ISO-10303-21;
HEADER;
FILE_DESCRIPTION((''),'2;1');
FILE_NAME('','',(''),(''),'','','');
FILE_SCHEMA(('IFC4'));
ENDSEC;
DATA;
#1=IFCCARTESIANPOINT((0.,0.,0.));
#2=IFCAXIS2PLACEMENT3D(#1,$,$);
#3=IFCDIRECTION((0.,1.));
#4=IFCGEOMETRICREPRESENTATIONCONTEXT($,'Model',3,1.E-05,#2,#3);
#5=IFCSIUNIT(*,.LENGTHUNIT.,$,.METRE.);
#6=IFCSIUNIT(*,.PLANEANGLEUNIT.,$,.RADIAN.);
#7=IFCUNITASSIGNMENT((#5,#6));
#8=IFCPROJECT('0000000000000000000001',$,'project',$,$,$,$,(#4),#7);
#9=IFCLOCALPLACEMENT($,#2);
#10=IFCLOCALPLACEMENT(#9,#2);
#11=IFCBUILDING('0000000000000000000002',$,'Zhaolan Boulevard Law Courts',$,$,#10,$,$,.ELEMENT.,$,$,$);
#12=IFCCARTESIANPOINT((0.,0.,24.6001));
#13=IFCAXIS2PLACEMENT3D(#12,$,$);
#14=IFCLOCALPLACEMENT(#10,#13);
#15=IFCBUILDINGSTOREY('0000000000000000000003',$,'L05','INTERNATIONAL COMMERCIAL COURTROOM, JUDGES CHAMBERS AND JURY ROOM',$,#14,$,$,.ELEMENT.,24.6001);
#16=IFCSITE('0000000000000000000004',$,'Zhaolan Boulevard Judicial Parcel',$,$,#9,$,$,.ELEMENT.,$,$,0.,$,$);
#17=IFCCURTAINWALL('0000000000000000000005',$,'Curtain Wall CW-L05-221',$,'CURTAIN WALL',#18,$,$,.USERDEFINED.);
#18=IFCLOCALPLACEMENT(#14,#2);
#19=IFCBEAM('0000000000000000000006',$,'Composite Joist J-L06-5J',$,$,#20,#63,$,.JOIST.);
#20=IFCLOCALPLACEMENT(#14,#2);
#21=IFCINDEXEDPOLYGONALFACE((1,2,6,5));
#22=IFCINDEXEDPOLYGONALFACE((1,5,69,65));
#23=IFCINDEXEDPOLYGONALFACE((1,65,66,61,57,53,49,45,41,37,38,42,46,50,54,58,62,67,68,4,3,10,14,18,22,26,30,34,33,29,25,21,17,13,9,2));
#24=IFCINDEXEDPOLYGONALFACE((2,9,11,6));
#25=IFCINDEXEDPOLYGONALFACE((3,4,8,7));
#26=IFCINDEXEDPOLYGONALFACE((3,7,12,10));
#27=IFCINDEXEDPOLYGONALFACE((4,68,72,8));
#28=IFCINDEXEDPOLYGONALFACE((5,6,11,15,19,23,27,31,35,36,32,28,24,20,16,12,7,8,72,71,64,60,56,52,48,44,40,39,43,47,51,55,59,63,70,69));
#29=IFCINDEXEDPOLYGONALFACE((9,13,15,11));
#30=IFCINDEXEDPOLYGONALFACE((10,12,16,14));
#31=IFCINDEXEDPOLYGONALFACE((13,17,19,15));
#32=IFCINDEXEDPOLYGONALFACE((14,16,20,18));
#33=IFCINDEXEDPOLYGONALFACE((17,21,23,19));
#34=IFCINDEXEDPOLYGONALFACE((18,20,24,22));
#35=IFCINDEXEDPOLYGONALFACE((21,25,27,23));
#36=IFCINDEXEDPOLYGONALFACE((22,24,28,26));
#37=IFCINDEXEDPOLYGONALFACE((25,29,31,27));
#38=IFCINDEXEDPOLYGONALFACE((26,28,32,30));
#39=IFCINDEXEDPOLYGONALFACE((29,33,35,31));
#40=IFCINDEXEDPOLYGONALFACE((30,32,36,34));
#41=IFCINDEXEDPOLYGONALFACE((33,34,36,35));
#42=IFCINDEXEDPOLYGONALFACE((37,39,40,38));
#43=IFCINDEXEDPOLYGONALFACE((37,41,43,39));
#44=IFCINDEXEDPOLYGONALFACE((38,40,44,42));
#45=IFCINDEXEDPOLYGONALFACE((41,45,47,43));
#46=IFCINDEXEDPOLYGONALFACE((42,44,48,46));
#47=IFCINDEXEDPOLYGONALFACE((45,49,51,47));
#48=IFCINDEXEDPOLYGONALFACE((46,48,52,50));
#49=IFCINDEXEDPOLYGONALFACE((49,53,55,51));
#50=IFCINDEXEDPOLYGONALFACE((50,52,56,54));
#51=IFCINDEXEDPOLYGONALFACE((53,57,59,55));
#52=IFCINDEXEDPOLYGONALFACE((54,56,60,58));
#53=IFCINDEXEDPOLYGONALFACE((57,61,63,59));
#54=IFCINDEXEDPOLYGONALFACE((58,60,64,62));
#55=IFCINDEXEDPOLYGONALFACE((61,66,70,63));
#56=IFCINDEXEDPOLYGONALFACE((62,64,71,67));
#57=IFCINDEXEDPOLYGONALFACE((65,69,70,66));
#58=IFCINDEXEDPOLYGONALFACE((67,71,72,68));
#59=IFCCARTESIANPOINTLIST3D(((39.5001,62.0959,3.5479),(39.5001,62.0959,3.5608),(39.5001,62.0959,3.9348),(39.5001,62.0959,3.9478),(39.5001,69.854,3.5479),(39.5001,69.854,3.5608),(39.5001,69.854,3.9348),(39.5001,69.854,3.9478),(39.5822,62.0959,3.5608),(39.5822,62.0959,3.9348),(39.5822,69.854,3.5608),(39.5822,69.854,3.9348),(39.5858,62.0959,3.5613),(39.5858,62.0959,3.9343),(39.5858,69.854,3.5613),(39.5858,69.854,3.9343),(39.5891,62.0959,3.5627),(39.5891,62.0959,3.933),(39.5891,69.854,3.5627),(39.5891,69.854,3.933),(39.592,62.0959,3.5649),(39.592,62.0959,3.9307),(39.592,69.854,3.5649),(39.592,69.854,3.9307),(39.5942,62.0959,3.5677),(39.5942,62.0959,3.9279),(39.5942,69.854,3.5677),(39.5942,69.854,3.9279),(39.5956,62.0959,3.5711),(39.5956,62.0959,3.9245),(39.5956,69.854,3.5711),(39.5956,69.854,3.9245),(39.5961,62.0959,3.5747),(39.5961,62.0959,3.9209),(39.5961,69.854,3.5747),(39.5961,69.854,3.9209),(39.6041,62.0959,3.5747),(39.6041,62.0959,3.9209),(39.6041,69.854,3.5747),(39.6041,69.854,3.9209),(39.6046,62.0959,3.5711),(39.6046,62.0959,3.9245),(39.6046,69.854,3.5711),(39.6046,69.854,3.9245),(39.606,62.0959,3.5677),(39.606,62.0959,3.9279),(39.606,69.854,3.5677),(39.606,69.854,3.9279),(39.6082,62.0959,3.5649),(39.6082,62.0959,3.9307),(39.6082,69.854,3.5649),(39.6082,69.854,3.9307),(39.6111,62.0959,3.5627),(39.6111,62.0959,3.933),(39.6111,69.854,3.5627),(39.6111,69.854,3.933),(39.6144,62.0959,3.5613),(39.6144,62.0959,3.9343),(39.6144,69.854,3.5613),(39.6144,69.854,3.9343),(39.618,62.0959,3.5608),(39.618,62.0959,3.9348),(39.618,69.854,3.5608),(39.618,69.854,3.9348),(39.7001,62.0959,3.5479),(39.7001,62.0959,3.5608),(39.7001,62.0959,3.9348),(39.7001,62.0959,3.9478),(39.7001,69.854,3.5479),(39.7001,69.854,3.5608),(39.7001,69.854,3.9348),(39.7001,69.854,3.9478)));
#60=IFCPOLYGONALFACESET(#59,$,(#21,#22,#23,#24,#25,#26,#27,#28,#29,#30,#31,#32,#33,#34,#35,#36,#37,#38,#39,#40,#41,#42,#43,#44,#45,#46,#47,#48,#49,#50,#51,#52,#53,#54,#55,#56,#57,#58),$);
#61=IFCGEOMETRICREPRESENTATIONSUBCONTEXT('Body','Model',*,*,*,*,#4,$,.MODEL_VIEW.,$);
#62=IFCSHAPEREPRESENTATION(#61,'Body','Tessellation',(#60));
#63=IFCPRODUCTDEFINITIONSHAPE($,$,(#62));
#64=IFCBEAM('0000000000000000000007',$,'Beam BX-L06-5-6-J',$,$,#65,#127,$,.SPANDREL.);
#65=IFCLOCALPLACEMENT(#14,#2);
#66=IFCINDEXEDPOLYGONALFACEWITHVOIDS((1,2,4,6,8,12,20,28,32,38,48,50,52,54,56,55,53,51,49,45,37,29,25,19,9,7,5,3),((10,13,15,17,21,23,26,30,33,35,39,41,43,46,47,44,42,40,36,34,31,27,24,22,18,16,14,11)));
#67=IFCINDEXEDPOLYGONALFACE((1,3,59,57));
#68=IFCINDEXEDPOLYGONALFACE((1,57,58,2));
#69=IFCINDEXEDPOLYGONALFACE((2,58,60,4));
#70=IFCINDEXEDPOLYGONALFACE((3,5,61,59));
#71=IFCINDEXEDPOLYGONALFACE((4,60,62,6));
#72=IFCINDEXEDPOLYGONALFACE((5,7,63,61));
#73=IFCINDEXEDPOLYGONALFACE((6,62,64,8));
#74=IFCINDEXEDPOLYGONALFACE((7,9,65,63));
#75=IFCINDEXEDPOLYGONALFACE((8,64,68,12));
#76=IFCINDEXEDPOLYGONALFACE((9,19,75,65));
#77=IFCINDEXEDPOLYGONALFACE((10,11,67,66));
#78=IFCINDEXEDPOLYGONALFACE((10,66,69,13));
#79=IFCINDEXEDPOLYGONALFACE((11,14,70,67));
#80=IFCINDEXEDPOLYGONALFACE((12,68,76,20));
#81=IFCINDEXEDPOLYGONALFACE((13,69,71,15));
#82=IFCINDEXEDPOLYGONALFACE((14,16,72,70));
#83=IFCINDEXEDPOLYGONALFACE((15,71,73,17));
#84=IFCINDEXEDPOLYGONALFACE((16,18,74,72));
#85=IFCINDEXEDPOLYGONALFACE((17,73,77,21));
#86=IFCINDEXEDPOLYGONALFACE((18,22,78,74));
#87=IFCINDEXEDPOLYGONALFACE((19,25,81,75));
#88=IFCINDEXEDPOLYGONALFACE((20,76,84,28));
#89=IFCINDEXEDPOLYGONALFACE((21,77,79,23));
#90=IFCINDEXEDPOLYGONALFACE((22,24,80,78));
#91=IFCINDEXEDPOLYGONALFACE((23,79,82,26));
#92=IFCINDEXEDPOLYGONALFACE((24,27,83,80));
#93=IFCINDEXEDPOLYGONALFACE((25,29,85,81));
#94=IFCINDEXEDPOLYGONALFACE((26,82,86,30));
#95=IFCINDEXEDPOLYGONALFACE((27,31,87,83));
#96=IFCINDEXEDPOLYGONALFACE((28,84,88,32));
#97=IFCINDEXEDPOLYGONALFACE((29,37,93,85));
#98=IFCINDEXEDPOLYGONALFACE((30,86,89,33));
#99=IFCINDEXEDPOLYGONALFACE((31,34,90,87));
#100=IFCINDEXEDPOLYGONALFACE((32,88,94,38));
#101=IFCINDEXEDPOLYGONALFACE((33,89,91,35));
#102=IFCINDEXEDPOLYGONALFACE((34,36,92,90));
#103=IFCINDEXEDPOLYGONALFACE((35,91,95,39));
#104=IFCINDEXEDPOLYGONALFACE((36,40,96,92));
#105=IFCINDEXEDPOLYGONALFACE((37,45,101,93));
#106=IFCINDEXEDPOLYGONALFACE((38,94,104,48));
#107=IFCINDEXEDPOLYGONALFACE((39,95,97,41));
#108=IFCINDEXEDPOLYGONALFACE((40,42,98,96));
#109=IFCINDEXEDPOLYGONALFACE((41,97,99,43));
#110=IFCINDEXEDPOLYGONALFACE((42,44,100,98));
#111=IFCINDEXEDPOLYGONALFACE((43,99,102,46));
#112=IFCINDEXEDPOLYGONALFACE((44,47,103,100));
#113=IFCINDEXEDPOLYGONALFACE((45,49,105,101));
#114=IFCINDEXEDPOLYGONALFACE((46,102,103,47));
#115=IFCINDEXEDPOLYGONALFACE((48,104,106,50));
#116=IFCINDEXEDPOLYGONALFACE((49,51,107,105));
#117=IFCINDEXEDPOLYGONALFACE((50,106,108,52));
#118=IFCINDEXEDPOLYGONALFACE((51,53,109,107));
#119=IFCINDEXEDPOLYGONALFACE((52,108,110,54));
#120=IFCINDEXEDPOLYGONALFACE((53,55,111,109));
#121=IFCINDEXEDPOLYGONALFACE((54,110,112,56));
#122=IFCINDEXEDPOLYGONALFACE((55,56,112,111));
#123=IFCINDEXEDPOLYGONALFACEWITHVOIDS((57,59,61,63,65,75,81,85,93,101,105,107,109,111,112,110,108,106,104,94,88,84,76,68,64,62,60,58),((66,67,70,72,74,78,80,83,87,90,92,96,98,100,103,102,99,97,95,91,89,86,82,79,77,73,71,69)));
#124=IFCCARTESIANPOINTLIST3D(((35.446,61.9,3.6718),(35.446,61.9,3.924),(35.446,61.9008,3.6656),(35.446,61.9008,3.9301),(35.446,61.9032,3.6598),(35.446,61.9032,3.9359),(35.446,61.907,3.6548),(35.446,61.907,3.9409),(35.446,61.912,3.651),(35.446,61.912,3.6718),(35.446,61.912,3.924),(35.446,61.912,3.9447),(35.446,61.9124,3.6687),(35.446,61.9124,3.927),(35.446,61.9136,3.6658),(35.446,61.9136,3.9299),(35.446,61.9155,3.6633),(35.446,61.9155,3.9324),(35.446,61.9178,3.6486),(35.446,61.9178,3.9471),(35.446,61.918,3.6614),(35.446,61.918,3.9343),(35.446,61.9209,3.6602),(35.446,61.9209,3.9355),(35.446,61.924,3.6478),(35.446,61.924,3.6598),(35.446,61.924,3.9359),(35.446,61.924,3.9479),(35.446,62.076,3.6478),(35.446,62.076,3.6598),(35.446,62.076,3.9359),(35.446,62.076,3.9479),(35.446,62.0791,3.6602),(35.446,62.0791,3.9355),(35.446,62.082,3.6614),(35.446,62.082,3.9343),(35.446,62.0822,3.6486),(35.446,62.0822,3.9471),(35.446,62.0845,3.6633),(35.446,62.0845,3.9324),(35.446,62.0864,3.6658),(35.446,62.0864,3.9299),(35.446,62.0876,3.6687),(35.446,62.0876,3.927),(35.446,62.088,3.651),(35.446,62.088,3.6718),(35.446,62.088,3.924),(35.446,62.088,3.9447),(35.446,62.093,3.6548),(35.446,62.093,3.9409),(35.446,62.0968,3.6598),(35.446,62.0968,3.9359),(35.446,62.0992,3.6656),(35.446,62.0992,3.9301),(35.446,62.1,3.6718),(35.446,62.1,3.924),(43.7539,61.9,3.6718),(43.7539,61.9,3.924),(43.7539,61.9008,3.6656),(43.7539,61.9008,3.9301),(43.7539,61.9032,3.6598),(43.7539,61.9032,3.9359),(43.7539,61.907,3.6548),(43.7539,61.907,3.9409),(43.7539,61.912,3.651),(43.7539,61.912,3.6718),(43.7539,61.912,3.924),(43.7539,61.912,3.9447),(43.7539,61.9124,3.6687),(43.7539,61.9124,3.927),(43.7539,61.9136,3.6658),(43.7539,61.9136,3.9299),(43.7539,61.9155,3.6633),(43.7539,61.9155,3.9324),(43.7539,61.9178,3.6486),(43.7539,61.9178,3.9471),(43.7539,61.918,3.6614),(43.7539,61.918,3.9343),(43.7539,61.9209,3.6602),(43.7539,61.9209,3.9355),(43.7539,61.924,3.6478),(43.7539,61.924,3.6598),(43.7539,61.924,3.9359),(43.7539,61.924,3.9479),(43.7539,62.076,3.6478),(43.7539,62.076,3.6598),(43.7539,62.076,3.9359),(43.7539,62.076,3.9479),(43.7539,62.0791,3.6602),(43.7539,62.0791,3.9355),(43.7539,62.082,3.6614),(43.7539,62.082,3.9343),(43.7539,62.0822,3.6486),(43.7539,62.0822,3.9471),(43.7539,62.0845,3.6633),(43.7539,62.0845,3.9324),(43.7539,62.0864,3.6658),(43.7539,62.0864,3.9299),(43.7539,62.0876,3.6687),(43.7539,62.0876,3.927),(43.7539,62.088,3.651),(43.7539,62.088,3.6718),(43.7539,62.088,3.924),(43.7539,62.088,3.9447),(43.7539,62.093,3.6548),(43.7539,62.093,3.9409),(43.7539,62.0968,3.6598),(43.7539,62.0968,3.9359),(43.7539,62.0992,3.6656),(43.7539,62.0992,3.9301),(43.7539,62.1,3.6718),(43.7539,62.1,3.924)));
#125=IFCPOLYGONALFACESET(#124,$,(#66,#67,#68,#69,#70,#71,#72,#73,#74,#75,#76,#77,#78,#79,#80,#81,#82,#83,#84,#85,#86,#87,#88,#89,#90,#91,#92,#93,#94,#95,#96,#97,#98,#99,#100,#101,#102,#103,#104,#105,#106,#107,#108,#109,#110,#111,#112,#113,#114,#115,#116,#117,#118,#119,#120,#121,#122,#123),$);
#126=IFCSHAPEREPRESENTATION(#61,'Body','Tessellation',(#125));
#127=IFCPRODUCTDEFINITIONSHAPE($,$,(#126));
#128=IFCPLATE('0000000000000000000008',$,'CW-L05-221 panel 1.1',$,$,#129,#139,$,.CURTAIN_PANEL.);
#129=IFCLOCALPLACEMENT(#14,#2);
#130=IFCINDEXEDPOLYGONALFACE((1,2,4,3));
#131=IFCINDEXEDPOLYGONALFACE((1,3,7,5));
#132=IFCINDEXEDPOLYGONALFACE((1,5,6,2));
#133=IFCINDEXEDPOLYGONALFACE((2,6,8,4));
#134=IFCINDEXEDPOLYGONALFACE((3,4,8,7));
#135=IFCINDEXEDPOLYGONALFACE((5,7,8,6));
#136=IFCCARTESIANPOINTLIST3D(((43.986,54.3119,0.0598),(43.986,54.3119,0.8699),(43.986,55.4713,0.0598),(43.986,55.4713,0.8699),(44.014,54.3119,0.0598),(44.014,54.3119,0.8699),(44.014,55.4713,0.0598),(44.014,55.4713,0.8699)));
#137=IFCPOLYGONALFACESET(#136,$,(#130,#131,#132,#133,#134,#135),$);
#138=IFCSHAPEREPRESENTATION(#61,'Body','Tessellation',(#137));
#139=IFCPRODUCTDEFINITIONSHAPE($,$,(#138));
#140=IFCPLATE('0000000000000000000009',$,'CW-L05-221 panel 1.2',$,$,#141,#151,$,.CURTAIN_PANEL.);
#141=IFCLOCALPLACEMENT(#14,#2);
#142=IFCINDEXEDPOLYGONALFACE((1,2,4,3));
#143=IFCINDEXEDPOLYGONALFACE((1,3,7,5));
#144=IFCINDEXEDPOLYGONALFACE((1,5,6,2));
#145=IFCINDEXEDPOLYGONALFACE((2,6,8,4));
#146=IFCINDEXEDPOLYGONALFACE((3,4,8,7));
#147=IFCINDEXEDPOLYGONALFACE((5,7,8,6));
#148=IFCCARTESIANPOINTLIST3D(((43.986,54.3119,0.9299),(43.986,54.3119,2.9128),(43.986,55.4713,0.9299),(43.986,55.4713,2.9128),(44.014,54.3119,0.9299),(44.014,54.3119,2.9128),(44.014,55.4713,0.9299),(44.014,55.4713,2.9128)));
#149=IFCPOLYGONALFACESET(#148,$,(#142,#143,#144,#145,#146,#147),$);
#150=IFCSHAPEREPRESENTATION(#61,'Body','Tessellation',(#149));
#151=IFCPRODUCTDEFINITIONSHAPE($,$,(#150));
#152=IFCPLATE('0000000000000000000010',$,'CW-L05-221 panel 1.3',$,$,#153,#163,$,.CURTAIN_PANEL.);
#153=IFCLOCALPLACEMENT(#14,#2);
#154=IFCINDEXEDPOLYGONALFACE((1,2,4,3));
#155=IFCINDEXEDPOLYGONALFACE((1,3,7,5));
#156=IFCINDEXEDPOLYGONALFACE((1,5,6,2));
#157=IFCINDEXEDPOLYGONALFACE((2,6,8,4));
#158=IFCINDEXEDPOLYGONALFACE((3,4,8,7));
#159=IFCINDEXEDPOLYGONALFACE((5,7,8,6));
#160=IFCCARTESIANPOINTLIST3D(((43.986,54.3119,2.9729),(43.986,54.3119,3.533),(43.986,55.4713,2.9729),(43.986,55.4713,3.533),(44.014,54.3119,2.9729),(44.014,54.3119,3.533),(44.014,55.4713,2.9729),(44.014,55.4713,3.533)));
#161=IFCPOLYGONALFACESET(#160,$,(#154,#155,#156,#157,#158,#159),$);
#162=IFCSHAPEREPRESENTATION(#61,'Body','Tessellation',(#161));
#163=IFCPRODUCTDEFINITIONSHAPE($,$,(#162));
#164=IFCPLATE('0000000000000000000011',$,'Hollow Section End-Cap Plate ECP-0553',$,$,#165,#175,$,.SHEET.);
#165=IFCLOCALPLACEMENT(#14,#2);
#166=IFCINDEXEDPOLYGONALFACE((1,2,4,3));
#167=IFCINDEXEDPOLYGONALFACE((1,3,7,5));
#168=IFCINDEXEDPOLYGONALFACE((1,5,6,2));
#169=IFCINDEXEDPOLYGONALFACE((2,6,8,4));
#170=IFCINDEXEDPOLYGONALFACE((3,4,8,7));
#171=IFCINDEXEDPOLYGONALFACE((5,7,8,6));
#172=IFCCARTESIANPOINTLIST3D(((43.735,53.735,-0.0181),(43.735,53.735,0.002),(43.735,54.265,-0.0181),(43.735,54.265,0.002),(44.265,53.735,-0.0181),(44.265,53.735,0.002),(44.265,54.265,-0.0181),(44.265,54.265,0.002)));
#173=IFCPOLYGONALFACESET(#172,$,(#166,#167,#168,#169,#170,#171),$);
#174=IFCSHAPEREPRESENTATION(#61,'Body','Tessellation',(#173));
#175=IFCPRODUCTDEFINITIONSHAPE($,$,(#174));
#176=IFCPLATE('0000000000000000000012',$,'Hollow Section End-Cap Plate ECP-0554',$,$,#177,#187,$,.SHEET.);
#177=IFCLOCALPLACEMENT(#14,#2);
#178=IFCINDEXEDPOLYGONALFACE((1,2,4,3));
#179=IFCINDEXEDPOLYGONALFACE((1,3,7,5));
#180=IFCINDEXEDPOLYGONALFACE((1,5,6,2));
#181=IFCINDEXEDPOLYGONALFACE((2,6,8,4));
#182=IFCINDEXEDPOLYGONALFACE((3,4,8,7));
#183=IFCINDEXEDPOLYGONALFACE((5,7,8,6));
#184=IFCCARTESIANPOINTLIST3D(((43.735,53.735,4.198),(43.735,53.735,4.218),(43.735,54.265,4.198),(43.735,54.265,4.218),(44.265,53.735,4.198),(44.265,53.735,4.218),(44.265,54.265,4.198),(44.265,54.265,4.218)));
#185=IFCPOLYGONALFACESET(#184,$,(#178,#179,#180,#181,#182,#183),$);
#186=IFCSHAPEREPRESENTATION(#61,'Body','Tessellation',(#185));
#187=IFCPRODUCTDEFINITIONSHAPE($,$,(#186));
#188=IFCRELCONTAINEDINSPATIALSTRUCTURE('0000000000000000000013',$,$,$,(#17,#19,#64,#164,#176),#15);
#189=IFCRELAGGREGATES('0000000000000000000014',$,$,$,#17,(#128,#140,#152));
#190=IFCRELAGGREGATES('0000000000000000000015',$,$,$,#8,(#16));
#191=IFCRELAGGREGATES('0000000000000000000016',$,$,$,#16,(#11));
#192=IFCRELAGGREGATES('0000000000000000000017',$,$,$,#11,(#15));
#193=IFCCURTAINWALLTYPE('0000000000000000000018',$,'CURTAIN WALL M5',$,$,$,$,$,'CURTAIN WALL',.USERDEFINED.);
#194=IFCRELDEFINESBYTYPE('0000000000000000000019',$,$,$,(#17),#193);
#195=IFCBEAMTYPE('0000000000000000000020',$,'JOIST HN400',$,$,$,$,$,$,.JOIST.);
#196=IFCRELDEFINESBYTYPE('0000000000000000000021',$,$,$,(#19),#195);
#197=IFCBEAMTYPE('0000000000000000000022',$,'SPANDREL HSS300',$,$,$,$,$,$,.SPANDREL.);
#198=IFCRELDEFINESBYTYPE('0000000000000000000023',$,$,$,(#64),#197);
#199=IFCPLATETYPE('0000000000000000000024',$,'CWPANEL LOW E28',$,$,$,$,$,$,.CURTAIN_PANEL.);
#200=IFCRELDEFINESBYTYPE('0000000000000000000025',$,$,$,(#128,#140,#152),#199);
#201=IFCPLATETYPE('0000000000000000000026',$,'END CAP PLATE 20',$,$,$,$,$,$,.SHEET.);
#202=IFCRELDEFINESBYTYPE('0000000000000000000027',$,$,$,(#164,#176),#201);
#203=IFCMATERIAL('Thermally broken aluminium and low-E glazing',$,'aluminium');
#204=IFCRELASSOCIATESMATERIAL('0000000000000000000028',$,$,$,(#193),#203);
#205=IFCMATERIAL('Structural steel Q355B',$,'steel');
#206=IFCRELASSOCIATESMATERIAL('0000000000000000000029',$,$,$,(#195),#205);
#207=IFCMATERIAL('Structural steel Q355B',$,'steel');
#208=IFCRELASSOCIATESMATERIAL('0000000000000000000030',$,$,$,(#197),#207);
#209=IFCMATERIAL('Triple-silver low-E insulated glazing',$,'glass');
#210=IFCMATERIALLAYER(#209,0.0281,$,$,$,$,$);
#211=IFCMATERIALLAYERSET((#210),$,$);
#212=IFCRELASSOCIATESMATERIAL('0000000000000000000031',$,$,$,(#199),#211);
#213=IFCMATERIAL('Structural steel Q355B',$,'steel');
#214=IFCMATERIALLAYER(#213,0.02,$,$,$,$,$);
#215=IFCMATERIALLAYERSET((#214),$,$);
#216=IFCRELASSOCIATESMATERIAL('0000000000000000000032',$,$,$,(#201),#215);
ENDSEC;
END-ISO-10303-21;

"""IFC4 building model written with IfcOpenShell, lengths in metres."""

from ifc_helpers import new_model, si_unit, direction, frame, origin, origin_2d, place, context, subcontext, project, spatial, rectangle, hollow_rectangle, i_section, extrude, material, layer, layer_set, material_profile, profile_set, type_object, element, aggregate, save


model = new_model("IFC4")

# Units and contexts
model_context = context("Model", 3, precision=1e-05, world=origin(), true_north=direction((0.0, 1.0)))
body_context = subcontext(model_context, "Body", "Model", "MODEL_VIEW")
ifc_project = project(units=[si_unit("LENGTHUNIT", "METRE"), si_unit("PLANEANGLEUNIT", "RADIAN")], contexts=[model_context])

# Site, building, storey
site_placement = place(None, origin())
site = spatial("IfcSite", under=ifc_project, at=site_placement, Name="Zhaolan Boulevard Judicial Parcel", CompositionType="ELEMENT", RefElevation=0.0)
building_placement = place(site_placement, origin())
building = spatial("IfcBuilding", under=site, at=building_placement, Name="Zhaolan Boulevard Law Courts", CompositionType="ELEMENT")
storey_placement = place(building_placement, frame((0.0, 0.0, 24.6001)))
storey = spatial("IfcBuildingStorey", under=building, at=storey_placement, Name="L05", Description="INTERNATIONAL COMMERCIAL COURTROOM, JUDGES CHAMBERS AND JURY ROOM", CompositionType="ELEMENT", Elevation=24.6001)

# Curtain wall
ifc_material_1 = material(Name="Thermally broken aluminium and low-E glazing", Category="aluminium")
curtain_wall_type = type_object("IfcCurtainWallType", Name="CURTAIN WALL M5", ElementType="CURTAIN WALL", PredefinedType="USERDEFINED", material=ifc_material_1)
curtain_wall_placement = place(storey_placement, origin())
curtain_wall = element("IfcCurtainWall", 1, at=curtain_wall_placement, inside=storey, type_object=curtain_wall_type, Name="Curtain Wall CW-L05-221", ObjectType="CURTAIN WALL", PredefinedType="USERDEFINED")

# Beams
ifc_material_2 = material(Name="Structural steel Q355B", Category="steel")
ifc_material_profile_1 = material_profile(ifc_material_2, i_section(OverallWidth=0.2, OverallDepth=0.3999, WebThickness=0.0081, FlangeThickness=0.0129, FilletRadius=0.0139, at=origin_2d()), Name="HN400x200")
ifc_profile_set_1 = profile_set([ifc_material_profile_1], Name="Structural steel Q355B")
beam_type_1 = type_object("IfcBeamType", Name="JOIST HN400", PredefinedType="JOIST", material=ifc_profile_set_1)
beam_1_placement = place(storey_placement, frame((39.6001, 62.0959, 3.7478), z_axis=(0.0, 1.0, 0.0), x_axis=(-1.0, 0.0, 0.0)))
element("IfcBeam", 2, at=beam_1_placement, inside=storey, type_object=beam_type_1, Name="Composite Joist J-L06-5J", PredefinedType="JOIST", context=body_context, shape_type="SweptSolid", body=[
    extrude(i_section(OverallWidth=0.2, OverallDepth=0.3999, WebThickness=0.0081, FlangeThickness=0.0129, FilletRadius=0.0139, at=origin_2d()), origin(), (0.0, 0.0, 1.0), 7.7581),
])
ifc_material_3 = material(Name="Structural steel Q355B", Category="steel")
ifc_material_profile_2 = material_profile(ifc_material_3, hollow_rectangle(XDim=0.2, YDim=0.3, WallThickness=0.012, InnerFilletRadius=0.012, OuterFilletRadius=0.0239, at=origin_2d()), Name="HSS300x200x12")
ifc_profile_set_2 = profile_set([ifc_material_profile_2], Name="Structural steel Q355B")
beam_type_2 = type_object("IfcBeamType", Name="SPANDREL HSS300", PredefinedType="SPANDREL", material=ifc_profile_set_2)
beam_2_placement = place(storey_placement, frame((35.446, 62.0, 3.7979), z_axis=(1.0, 0.0, 0.0), x_axis=(0.0, 1.0, 0.0)))
element("IfcBeam", 3, at=beam_2_placement, inside=storey, type_object=beam_type_2, Name="Beam BX-L06-5-6-J", PredefinedType="SPANDREL", context=body_context, shape_type="SweptSolid", body=[
    extrude(hollow_rectangle(XDim=0.2, YDim=0.3, WallThickness=0.012, InnerFilletRadius=0.012, OuterFilletRadius=0.0239, at=origin_2d()), origin(), (0.0, 0.0, 1.0), 8.3079),
])

# Plates
ifc_material_4 = material(Name="Triple-silver low-E insulated glazing", Category="glass")
ifc_layer_1 = layer(ifc_material_4, 0.0281)
ifc_layer_set_1 = layer_set([ifc_layer_1])
plate_type_1 = type_object("IfcPlateType", Name="CWPANEL LOW E28", PredefinedType="CURTAIN_PANEL", material=ifc_layer_set_1)
plate_1_placement = place(storey_placement, frame((44.0, 54.8916, 0.0598), z_axis=(0.0, 0.0, 1.0), x_axis=(0.0, 1.0, 0.0)))
plate_1 = element("IfcPlate", 4, at=plate_1_placement, type_object=plate_type_1, Name="CW-L05-221 panel 1.1", PredefinedType="CURTAIN_PANEL", context=body_context, shape_type="SweptSolid", body=[
    extrude(rectangle(XDim=1.1594, YDim=0.0281, at=origin_2d()), origin(), (0.0, 0.0, 1.0), 0.8101),
])
plate_2_placement = place(storey_placement, frame((44.0, 54.8916, 0.9299), z_axis=(0.0, 0.0, 1.0), x_axis=(0.0, 1.0, 0.0)))
plate_2 = element("IfcPlate", 5, at=plate_2_placement, type_object=plate_type_1, Name="CW-L05-221 panel 1.2", PredefinedType="CURTAIN_PANEL", context=body_context, shape_type="SweptSolid", body=[
    extrude(rectangle(XDim=1.1594, YDim=0.0281, at=origin_2d()), origin(), (0.0, 0.0, 1.0), 1.9829),
])
plate_3_placement = place(storey_placement, frame((44.0, 54.8916, 2.9729), z_axis=(0.0, 0.0, 1.0), x_axis=(0.0, 1.0, 0.0)))
plate_3 = element("IfcPlate", 6, at=plate_3_placement, type_object=plate_type_1, Name="CW-L05-221 panel 1.3", PredefinedType="CURTAIN_PANEL", context=body_context, shape_type="SweptSolid", body=[
    extrude(rectangle(XDim=1.1594, YDim=0.0281, at=origin_2d()), origin(), (0.0, 0.0, 1.0), 0.5601),
])
aggregate(curtain_wall, [plate_1, plate_2, plate_3])

# Plates
ifc_material_5 = material(Name="Structural steel Q355B", Category="steel")
ifc_layer_2 = layer(ifc_material_5, 0.02)
ifc_layer_set_2 = layer_set([ifc_layer_2])
plate_type_2 = type_object("IfcPlateType", Name="END CAP PLATE 20", PredefinedType="SHEET", material=ifc_layer_set_2)
for number, where, z_axis, x_axis, name in (
    (7, (44.0, 54.0, -0.0181), (0.0, 0.0, 1.0), (1.0, 0.0, 0.0), "Hollow Section End-Cap Plate ECP-0553"),
    (8, (44.0, 54.0, 4.198), (0.0, 0.0, 1.0), (1.0, 0.0, 0.0), "Hollow Section End-Cap Plate ECP-0554"),
):
    element("IfcPlate", number, at=place(storey_placement, frame(where, z_axis=z_axis, x_axis=x_axis)), inside=storey, type_object=plate_type_2, Name=name, PredefinedType="SHEET", context=body_context, shape_type="SweptSolid", body=[
        extrude(rectangle(XDim=0.53, YDim=0.53, at=origin_2d()), origin(), (0.0, 0.0, 1.0), 0.02),
    ])

save(model, "model.ifc")
